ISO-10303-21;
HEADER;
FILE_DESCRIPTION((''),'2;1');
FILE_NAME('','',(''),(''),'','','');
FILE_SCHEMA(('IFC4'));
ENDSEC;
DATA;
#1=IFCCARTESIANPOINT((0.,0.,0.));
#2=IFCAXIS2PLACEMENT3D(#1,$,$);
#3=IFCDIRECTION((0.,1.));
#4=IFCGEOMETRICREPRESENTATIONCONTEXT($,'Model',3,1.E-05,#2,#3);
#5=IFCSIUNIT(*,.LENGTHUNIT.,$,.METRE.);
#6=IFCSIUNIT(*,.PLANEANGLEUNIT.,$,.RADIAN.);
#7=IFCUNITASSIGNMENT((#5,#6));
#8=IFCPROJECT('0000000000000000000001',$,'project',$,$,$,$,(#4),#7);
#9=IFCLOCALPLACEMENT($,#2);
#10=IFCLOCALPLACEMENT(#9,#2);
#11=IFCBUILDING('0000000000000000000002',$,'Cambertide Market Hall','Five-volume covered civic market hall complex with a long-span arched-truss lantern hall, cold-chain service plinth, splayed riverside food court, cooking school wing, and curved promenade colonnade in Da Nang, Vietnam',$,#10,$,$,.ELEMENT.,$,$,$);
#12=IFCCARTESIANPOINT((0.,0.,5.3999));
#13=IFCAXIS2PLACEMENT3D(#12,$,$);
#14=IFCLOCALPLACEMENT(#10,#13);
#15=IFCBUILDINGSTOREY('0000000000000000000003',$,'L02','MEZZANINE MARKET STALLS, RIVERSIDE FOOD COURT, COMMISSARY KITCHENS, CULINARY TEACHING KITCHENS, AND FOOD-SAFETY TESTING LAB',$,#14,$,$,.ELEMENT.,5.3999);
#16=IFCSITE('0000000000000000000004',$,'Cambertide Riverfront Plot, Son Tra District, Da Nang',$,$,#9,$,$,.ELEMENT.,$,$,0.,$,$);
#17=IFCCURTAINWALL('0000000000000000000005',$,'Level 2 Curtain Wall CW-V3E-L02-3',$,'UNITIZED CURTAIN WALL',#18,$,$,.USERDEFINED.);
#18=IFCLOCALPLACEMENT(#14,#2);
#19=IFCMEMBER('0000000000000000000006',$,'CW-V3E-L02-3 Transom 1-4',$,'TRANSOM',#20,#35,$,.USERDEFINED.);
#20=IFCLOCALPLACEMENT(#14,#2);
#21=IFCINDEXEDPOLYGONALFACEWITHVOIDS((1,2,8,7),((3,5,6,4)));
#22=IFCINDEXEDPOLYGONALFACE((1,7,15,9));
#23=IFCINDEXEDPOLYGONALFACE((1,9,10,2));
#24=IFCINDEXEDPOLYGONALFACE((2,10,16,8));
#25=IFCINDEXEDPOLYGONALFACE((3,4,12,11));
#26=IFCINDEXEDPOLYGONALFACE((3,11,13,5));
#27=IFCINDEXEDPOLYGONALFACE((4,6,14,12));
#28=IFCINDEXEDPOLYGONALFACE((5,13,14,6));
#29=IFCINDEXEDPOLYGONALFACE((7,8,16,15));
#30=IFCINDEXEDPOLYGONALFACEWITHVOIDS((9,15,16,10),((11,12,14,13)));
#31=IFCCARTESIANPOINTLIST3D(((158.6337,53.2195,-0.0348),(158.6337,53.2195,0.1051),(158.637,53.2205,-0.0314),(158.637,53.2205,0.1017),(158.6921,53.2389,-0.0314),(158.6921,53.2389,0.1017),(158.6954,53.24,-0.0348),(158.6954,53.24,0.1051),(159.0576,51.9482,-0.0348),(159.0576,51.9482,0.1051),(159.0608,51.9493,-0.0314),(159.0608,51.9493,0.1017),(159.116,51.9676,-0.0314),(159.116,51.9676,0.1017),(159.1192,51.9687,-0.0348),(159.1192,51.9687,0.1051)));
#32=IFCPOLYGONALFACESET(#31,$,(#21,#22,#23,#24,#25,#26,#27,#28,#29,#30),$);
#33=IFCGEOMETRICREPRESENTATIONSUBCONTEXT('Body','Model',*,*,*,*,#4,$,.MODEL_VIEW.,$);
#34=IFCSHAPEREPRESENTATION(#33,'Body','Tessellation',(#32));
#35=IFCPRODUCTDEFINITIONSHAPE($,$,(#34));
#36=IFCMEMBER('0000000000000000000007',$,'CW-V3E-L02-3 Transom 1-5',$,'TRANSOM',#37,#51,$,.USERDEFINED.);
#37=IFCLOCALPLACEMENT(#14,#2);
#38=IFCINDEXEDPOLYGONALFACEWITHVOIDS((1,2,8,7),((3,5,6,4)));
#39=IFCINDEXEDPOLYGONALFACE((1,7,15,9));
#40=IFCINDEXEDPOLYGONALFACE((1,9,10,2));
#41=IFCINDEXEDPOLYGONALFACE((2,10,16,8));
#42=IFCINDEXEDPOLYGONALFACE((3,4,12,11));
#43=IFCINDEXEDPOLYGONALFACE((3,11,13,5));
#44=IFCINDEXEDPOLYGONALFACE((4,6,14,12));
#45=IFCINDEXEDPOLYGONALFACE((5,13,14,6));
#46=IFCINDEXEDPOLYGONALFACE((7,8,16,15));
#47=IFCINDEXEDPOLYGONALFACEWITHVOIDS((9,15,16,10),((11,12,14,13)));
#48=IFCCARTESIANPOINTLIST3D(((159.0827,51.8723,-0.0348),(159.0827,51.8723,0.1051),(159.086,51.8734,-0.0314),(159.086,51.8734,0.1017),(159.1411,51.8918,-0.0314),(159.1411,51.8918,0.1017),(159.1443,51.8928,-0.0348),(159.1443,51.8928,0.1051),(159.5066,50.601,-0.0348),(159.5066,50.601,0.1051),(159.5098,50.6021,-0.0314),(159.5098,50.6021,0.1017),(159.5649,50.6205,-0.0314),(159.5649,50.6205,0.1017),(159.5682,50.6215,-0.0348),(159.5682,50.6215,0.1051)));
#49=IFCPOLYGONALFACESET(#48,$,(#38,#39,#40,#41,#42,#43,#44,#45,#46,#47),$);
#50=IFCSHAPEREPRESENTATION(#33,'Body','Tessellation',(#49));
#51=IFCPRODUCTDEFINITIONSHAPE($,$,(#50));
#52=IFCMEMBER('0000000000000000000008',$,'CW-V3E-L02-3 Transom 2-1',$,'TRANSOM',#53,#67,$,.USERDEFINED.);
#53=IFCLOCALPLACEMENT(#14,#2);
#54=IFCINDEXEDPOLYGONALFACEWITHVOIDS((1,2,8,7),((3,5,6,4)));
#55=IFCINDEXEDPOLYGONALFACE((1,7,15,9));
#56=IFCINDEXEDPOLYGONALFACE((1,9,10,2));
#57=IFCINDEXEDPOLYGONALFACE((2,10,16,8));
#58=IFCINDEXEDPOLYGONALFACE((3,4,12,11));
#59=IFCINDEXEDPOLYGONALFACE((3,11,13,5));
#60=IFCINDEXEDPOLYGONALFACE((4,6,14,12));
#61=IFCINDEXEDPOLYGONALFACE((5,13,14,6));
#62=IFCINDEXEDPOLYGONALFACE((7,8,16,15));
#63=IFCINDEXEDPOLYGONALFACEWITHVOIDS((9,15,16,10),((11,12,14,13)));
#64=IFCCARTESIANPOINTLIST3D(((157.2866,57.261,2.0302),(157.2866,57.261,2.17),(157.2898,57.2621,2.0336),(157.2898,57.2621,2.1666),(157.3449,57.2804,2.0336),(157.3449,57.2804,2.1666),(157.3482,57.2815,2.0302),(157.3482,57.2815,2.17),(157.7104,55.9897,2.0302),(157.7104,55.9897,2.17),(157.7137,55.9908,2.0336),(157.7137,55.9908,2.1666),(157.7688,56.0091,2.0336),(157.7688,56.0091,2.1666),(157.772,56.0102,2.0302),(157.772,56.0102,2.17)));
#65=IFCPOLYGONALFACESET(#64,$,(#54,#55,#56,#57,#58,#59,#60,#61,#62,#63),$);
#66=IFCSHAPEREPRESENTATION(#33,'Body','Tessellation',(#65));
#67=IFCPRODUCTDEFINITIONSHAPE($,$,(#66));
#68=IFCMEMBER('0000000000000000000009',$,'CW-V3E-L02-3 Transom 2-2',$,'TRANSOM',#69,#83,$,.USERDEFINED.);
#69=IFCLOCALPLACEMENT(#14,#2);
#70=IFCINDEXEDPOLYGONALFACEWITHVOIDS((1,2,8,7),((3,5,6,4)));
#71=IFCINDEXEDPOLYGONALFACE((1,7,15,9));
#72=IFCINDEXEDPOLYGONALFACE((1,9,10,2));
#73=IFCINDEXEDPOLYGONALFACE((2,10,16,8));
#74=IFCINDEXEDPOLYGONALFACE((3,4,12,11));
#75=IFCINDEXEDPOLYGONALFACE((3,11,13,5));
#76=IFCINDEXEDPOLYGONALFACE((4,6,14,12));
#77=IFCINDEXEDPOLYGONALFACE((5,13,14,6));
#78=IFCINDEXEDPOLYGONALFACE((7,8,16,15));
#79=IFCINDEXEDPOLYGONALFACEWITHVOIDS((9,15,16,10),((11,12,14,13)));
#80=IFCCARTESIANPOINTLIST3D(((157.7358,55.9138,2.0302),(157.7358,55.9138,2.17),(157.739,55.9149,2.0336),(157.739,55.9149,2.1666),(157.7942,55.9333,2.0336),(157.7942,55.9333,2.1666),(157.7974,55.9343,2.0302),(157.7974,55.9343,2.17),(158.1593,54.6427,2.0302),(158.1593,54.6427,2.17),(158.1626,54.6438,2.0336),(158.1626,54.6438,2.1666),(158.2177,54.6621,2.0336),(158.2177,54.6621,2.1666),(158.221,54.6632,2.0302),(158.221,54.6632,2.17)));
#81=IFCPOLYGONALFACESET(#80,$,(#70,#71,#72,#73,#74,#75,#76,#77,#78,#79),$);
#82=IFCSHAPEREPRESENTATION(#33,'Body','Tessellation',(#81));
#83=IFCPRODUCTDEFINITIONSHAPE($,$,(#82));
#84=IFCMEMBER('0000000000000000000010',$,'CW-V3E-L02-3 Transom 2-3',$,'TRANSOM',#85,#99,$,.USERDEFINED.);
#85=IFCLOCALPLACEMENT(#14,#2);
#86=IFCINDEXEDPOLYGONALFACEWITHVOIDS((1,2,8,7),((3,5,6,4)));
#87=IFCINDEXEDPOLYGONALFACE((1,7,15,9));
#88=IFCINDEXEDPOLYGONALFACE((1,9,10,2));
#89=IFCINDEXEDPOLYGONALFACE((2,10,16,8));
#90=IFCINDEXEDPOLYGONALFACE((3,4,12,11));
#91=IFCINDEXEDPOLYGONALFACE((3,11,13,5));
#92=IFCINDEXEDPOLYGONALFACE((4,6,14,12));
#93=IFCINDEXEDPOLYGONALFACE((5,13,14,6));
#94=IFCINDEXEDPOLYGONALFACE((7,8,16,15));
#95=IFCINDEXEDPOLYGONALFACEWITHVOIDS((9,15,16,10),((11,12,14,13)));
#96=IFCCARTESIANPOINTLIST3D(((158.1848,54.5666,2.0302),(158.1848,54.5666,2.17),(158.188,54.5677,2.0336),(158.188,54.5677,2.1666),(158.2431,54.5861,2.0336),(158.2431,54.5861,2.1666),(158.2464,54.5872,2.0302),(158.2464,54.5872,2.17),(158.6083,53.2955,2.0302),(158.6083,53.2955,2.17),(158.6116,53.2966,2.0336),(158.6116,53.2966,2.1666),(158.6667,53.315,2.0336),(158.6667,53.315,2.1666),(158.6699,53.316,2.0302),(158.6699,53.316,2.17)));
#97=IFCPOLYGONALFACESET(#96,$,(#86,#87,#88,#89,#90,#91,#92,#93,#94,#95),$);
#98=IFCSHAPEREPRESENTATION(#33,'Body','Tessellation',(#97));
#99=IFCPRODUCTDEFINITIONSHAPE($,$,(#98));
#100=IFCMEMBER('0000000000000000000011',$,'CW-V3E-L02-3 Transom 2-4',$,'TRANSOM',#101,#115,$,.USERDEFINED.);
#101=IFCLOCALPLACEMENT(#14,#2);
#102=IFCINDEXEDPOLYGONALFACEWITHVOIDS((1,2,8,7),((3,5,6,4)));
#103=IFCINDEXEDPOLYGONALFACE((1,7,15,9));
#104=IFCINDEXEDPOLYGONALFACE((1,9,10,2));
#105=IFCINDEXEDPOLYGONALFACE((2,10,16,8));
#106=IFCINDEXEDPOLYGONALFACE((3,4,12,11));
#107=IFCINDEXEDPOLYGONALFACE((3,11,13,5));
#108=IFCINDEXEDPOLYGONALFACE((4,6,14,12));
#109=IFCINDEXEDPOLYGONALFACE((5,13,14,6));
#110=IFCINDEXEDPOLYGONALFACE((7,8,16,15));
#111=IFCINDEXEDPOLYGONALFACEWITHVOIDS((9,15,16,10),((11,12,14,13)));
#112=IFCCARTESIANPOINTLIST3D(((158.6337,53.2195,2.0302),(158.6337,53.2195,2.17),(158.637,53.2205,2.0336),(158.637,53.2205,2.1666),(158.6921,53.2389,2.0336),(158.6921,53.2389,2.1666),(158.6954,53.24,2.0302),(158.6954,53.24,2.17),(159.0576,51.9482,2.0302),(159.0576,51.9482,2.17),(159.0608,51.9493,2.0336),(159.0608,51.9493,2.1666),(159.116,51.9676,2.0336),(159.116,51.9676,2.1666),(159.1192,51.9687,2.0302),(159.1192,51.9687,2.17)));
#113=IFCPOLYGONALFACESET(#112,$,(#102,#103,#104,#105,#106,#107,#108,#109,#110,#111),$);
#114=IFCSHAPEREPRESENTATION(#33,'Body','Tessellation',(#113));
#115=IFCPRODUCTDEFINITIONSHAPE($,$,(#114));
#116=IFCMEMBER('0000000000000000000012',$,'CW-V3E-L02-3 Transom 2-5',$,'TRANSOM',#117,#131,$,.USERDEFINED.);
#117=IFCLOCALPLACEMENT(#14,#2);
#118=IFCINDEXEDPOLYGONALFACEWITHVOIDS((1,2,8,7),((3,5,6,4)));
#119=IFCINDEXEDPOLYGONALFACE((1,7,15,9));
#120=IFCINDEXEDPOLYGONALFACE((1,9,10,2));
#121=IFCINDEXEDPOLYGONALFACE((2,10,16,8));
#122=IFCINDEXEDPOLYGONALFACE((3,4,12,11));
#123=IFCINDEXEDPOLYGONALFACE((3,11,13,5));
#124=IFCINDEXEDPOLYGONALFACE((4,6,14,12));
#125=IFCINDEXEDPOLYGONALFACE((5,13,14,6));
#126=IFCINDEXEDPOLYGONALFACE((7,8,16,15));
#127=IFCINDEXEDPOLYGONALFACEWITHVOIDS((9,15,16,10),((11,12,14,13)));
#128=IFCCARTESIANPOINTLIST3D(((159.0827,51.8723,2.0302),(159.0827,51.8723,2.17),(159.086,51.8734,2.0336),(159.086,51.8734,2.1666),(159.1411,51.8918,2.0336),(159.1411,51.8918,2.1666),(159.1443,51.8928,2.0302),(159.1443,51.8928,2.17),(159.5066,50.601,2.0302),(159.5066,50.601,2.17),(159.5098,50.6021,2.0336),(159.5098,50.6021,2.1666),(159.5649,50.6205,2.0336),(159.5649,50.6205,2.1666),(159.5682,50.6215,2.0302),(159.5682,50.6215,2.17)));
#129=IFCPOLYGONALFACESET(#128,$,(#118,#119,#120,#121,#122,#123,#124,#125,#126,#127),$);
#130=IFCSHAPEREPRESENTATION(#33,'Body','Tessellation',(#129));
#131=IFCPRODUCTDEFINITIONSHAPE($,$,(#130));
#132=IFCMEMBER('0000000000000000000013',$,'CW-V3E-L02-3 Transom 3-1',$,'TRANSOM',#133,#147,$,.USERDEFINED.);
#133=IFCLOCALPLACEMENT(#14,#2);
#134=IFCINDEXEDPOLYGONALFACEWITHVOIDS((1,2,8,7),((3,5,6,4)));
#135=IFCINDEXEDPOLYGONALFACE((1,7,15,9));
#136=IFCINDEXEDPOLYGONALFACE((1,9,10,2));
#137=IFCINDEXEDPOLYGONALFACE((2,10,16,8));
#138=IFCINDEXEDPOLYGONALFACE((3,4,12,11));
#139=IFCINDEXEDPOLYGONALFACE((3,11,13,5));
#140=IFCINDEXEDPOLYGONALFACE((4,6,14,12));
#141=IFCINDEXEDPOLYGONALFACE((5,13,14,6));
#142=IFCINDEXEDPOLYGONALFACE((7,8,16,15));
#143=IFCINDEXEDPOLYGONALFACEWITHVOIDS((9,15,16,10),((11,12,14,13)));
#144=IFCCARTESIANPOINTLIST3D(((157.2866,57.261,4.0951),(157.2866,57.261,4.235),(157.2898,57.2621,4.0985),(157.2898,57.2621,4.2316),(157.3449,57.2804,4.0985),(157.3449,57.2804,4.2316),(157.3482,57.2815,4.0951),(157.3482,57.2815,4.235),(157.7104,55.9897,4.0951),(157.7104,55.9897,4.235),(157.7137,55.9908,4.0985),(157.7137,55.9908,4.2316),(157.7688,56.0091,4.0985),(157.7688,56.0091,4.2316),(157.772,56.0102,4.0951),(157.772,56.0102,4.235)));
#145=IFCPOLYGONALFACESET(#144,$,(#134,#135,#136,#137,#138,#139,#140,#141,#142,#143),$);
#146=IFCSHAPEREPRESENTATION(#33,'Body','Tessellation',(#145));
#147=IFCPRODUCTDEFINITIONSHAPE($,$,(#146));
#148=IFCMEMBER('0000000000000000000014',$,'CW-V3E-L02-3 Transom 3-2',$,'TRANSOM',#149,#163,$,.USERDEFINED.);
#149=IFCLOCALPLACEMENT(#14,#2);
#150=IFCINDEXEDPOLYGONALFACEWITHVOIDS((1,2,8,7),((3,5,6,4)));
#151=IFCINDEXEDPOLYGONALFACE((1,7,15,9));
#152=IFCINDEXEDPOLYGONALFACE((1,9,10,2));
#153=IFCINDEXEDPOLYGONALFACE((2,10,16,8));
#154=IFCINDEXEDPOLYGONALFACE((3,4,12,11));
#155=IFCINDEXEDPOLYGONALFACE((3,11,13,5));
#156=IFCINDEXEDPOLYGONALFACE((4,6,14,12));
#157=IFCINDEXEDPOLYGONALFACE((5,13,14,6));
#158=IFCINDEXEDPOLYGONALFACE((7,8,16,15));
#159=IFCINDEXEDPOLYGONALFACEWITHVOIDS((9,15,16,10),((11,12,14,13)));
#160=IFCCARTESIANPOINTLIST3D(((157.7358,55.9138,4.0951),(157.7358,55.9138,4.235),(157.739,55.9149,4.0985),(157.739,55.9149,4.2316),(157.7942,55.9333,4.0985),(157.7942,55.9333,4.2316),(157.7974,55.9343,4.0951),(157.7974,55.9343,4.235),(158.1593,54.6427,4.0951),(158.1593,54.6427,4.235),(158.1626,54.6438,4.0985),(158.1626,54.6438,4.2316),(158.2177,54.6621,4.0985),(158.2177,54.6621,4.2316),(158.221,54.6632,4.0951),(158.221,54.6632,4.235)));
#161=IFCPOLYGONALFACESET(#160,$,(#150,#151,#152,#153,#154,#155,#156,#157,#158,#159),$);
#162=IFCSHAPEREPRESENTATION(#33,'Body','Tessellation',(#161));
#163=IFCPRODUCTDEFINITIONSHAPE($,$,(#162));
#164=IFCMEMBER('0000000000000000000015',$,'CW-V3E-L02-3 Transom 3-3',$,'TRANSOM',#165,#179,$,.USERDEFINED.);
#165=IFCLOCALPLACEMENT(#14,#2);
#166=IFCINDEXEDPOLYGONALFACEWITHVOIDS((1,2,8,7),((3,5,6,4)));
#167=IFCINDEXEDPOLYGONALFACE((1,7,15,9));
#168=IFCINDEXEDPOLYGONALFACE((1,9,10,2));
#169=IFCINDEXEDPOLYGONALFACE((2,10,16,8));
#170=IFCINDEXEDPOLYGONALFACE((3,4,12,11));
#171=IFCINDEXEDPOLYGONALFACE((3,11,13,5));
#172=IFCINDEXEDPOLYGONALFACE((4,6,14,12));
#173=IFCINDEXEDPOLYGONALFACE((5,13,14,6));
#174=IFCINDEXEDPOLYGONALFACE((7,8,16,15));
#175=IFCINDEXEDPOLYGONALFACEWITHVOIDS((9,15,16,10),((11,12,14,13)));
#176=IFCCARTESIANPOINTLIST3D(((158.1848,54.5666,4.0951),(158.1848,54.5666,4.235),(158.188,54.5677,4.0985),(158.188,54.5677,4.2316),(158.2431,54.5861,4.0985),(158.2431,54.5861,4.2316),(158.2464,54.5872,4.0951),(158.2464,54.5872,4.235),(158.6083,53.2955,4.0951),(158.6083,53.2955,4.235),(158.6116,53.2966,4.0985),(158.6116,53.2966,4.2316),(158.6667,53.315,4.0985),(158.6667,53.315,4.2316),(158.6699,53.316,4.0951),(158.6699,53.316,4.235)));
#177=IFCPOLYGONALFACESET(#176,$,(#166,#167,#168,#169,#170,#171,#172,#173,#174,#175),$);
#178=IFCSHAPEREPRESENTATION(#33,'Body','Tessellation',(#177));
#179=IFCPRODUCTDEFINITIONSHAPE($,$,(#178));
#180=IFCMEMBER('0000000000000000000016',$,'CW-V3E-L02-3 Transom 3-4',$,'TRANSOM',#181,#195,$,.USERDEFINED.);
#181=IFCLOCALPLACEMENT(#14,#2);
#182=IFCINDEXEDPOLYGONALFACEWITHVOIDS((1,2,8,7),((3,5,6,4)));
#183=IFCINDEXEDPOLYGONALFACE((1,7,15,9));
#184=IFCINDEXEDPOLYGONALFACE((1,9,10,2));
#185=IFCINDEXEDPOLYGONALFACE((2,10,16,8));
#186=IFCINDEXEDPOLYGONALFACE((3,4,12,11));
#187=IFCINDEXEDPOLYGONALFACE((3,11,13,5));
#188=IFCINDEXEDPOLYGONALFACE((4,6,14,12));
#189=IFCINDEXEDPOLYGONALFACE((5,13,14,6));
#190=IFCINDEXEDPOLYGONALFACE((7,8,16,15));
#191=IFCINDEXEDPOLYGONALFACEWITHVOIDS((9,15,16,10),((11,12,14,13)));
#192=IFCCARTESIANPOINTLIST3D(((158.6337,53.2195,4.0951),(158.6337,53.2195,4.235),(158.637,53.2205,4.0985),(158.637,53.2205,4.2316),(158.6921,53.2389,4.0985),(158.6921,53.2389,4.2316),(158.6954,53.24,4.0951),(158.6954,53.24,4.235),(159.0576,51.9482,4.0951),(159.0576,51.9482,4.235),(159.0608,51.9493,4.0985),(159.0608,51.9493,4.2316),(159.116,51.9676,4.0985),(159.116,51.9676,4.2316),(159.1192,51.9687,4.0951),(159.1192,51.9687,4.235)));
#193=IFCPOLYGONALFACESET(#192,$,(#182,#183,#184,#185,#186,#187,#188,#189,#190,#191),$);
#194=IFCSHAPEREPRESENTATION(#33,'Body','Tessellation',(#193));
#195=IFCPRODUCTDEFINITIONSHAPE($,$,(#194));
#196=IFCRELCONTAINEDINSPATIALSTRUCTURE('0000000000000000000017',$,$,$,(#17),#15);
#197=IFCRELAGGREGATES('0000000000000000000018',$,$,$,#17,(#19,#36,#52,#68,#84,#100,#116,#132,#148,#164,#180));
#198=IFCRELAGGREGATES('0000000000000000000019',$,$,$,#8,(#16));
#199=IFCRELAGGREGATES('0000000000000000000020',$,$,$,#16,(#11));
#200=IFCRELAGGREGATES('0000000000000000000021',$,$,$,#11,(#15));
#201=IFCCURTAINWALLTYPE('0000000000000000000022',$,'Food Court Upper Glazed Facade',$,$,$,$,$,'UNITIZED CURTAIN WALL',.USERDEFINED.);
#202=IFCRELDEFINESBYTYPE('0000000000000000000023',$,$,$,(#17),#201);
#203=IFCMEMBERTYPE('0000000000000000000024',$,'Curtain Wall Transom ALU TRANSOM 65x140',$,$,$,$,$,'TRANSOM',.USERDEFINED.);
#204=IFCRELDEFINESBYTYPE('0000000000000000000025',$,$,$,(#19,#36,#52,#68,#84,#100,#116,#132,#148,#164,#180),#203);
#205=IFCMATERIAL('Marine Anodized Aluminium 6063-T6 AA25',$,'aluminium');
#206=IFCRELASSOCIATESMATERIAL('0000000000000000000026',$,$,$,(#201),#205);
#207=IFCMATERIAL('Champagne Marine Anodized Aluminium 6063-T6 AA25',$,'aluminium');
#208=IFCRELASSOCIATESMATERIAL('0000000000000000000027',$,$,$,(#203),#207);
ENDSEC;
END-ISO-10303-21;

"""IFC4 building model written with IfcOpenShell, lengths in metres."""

from ifc_helpers import new_model, si_unit, direction, frame, origin, origin_2d, place, context, subcontext, project, spatial, hollow_rectangle, extrude, material, material_profile, profile_set, type_object, element, aggregate, save


model = new_model("IFC4")

# Units and contexts
model_context = context("Model", 3, precision=1e-05, world=origin(), true_north=direction((0.0, 1.0)))
body_context = subcontext(model_context, "Body", "Model", "MODEL_VIEW")
ifc_project = project(units=[si_unit("LENGTHUNIT", "METRE"), si_unit("PLANEANGLEUNIT", "RADIAN")], contexts=[model_context])

# Site, building, storey
site_placement = place(None, origin())
site = spatial("IfcSite", under=ifc_project, at=site_placement, Name="Cambertide Riverfront Plot, Son Tra District, Da Nang", CompositionType="ELEMENT", RefElevation=0.0)
building_placement = place(site_placement, origin())
building = spatial("IfcBuilding", under=site, at=building_placement, Name="Cambertide Market Hall", Description="Five-volume covered civic market hall complex with a long-span arched-truss lantern hall, cold-chain service plinth, splayed riverside food court, cooking school wing, and curved promenade colonnade in Da Nang, Vietnam", CompositionType="ELEMENT")
storey_placement = place(building_placement, frame((0.0, 0.0, 5.3999)))
storey = spatial("IfcBuildingStorey", under=building, at=storey_placement, Name="L02", Description="MEZZANINE MARKET STALLS, RIVERSIDE FOOD COURT, COMMISSARY KITCHENS, CULINARY TEACHING KITCHENS, AND FOOD-SAFETY TESTING LAB", CompositionType="ELEMENT", Elevation=5.3999)

# Curtain wall, members
ifc_material_1 = material(Name="Marine Anodized Aluminium 6063-T6 AA25", Category="aluminium")
curtain_wall_type = type_object("IfcCurtainWallType", Name="Food Court Upper Glazed Facade", ElementType="UNITIZED CURTAIN WALL", PredefinedType="USERDEFINED", material=ifc_material_1)
curtain_wall_placement = place(storey_placement, origin())
curtain_wall = element("IfcCurtainWall", 1, at=curtain_wall_placement, inside=storey, type_object=curtain_wall_type, Name="Level 2 Curtain Wall CW-V3E-L02-3", ObjectType="UNITIZED CURTAIN WALL", PredefinedType="USERDEFINED")
ifc_material_2 = material(Name="Champagne Marine Anodized Aluminium 6063-T6 AA25", Category="aluminium")
ifc_material_profile_1 = material_profile(ifc_material_2, hollow_rectangle(XDim=0.0649, YDim=0.1399, WallThickness=0.0034, at=origin_2d()), Name="ALU TRANSOM 65x140")
ifc_profile_set_1 = profile_set([ifc_material_profile_1], Name="Champagne Marine Anodized Aluminium 6063-T6 AA25")
member_type_1 = type_object("IfcMemberType", Name="Curtain Wall Transom ALU TRANSOM 65x140", ElementType="TRANSOM", PredefinedType="USERDEFINED", material=ifc_profile_set_1)
member_1_placement = place(storey_placement, frame((158.6646, 53.2297, 0.0352), z_axis=(0.316282, -0.948665, 0.0), x_axis=(0.948665, 0.316282, 0.0)))
member_1 = element("IfcMember", 2, at=member_1_placement, type_object=member_type_1, Name="CW-V3E-L02-3 Transom 1-4", ObjectType="TRANSOM", PredefinedType="USERDEFINED", context=body_context, shape_type="SweptSolid", body=[
    extrude(hollow_rectangle(XDim=0.0649, YDim=0.1399, WallThickness=0.0034, at=origin_2d()), origin(), (0.0, 0.0, 1.0), 1.3401),
])
member_2_placement = place(storey_placement, frame((159.1135, 51.8826, 0.0352), z_axis=(0.316282, -0.948665, 0.0), x_axis=(0.948665, 0.316282, 0.0)))
member_2 = element("IfcMember", 3, at=member_2_placement, type_object=member_type_1, Name="CW-V3E-L02-3 Transom 1-5", ObjectType="TRANSOM", PredefinedType="USERDEFINED", context=body_context, shape_type="SweptSolid", body=[
    extrude(hollow_rectangle(XDim=0.0649, YDim=0.1399, WallThickness=0.0034, at=origin_2d()), origin(), (0.0, 0.0, 1.0), 1.3401),
])
member_3_placement = place(storey_placement, frame((157.3174, 57.2712, 2.1001), z_axis=(0.316282, -0.948665, 0.0), x_axis=(0.948665, 0.316282, 0.0)))
member_3 = element("IfcMember", 4, at=member_3_placement, type_object=member_type_1, Name="CW-V3E-L02-3 Transom 2-1", ObjectType="TRANSOM", PredefinedType="USERDEFINED", context=body_context, shape_type="SweptSolid", body=[
    extrude(hollow_rectangle(XDim=0.0649, YDim=0.1399, WallThickness=0.0034, at=origin_2d()), origin(), (0.0, 0.0, 1.0), 1.3401),
])
member_4_placement = place(storey_placement, frame((157.7666, 55.9241, 2.1001), z_axis=(0.316118, -0.94872, 0.0), x_axis=(0.94872, 0.316118, 0.0)))
member_4 = element("IfcMember", 5, at=member_4_placement, type_object=member_type_1, Name="CW-V3E-L02-3 Transom 2-2", ObjectType="TRANSOM", PredefinedType="USERDEFINED", context=body_context, shape_type="SweptSolid", body=[
    extrude(hollow_rectangle(XDim=0.0649, YDim=0.1399, WallThickness=0.0034, at=origin_2d()), origin(), (0.0, 0.0, 1.0), 1.3398),
])
member_5_placement = place(storey_placement, frame((158.2156, 54.5769, 2.1001), z_axis=(0.316118, -0.94872, 0.0), x_axis=(0.94872, 0.316118, 0.0)))
member_5 = element("IfcMember", 6, at=member_5_placement, type_object=member_type_1, Name="CW-V3E-L02-3 Transom 2-3", ObjectType="TRANSOM", PredefinedType="USERDEFINED", context=body_context, shape_type="SweptSolid", body=[
    extrude(hollow_rectangle(XDim=0.0649, YDim=0.1399, WallThickness=0.0034, at=origin_2d()), origin(), (0.0, 0.0, 1.0), 1.3398),
])
member_6_placement = place(storey_placement, frame((158.6646, 53.2297, 2.1001), z_axis=(0.316282, -0.948665, 0.0), x_axis=(0.948665, 0.316282, 0.0)))
member_6 = element("IfcMember", 7, at=member_6_placement, type_object=member_type_1, Name="CW-V3E-L02-3 Transom 2-4", ObjectType="TRANSOM", PredefinedType="USERDEFINED", context=body_context, shape_type="SweptSolid", body=[
    extrude(hollow_rectangle(XDim=0.0649, YDim=0.1399, WallThickness=0.0034, at=origin_2d()), origin(), (0.0, 0.0, 1.0), 1.3401),
])
member_7_placement = place(storey_placement, frame((159.1135, 51.8826, 2.1001), z_axis=(0.316282, -0.948665, 0.0), x_axis=(0.948665, 0.316282, 0.0)))
member_7 = element("IfcMember", 8, at=member_7_placement, type_object=member_type_1, Name="CW-V3E-L02-3 Transom 2-5", ObjectType="TRANSOM", PredefinedType="USERDEFINED", context=body_context, shape_type="SweptSolid", body=[
    extrude(hollow_rectangle(XDim=0.0649, YDim=0.1399, WallThickness=0.0034, at=origin_2d()), origin(), (0.0, 0.0, 1.0), 1.3401),
])
member_8_placement = place(storey_placement, frame((157.3174, 57.2712, 4.165), z_axis=(0.316282, -0.948665, 0.0), x_axis=(0.948665, 0.316282, 0.0)))
member_8 = element("IfcMember", 9, at=member_8_placement, type_object=member_type_1, Name="CW-V3E-L02-3 Transom 3-1", ObjectType="TRANSOM", PredefinedType="USERDEFINED", context=body_context, shape_type="SweptSolid", body=[
    extrude(hollow_rectangle(XDim=0.0649, YDim=0.1399, WallThickness=0.0034, at=origin_2d()), origin(), (0.0, 0.0, 1.0), 1.3401),
])
member_9_placement = place(storey_placement, frame((157.7666, 55.9241, 4.165), z_axis=(0.316118, -0.94872, 0.0), x_axis=(0.94872, 0.316118, 0.0)))
member_9 = element("IfcMember", 10, at=member_9_placement, type_object=member_type_1, Name="CW-V3E-L02-3 Transom 3-2", ObjectType="TRANSOM", PredefinedType="USERDEFINED", context=body_context, shape_type="SweptSolid", body=[
    extrude(hollow_rectangle(XDim=0.0649, YDim=0.1399, WallThickness=0.0034, at=origin_2d()), origin(), (0.0, 0.0, 1.0), 1.3398),
])
member_10_placement = place(storey_placement, frame((158.2156, 54.5769, 4.165), z_axis=(0.316118, -0.94872, 0.0), x_axis=(0.94872, 0.316118, 0.0)))
member_10 = element("IfcMember", 11, at=member_10_placement, type_object=member_type_1, Name="CW-V3E-L02-3 Transom 3-3", ObjectType="TRANSOM", PredefinedType="USERDEFINED", context=body_context, shape_type="SweptSolid", body=[
    extrude(hollow_rectangle(XDim=0.0649, YDim=0.1399, WallThickness=0.0034, at=origin_2d()), origin(), (0.0, 0.0, 1.0), 1.3398),
])
member_11_placement = place(storey_placement, frame((158.6646, 53.2297, 4.165), z_axis=(0.316282, -0.948665, 0.0), x_axis=(0.948665, 0.316282, 0.0)))
member_11 = element("IfcMember", 12, at=member_11_placement, type_object=member_type_1, Name="CW-V3E-L02-3 Transom 3-4", ObjectType="TRANSOM", PredefinedType="USERDEFINED", context=body_context, shape_type="SweptSolid", body=[
    extrude(hollow_rectangle(XDim=0.0649, YDim=0.1399, WallThickness=0.0034, at=origin_2d()), origin(), (0.0, 0.0, 1.0), 1.3401),
])
aggregate(curtain_wall, [member_1, member_2, member_3, member_4, member_5, member_6, member_7, member_8, member_9, member_10, member_11])

save(model, "model.ifc")
